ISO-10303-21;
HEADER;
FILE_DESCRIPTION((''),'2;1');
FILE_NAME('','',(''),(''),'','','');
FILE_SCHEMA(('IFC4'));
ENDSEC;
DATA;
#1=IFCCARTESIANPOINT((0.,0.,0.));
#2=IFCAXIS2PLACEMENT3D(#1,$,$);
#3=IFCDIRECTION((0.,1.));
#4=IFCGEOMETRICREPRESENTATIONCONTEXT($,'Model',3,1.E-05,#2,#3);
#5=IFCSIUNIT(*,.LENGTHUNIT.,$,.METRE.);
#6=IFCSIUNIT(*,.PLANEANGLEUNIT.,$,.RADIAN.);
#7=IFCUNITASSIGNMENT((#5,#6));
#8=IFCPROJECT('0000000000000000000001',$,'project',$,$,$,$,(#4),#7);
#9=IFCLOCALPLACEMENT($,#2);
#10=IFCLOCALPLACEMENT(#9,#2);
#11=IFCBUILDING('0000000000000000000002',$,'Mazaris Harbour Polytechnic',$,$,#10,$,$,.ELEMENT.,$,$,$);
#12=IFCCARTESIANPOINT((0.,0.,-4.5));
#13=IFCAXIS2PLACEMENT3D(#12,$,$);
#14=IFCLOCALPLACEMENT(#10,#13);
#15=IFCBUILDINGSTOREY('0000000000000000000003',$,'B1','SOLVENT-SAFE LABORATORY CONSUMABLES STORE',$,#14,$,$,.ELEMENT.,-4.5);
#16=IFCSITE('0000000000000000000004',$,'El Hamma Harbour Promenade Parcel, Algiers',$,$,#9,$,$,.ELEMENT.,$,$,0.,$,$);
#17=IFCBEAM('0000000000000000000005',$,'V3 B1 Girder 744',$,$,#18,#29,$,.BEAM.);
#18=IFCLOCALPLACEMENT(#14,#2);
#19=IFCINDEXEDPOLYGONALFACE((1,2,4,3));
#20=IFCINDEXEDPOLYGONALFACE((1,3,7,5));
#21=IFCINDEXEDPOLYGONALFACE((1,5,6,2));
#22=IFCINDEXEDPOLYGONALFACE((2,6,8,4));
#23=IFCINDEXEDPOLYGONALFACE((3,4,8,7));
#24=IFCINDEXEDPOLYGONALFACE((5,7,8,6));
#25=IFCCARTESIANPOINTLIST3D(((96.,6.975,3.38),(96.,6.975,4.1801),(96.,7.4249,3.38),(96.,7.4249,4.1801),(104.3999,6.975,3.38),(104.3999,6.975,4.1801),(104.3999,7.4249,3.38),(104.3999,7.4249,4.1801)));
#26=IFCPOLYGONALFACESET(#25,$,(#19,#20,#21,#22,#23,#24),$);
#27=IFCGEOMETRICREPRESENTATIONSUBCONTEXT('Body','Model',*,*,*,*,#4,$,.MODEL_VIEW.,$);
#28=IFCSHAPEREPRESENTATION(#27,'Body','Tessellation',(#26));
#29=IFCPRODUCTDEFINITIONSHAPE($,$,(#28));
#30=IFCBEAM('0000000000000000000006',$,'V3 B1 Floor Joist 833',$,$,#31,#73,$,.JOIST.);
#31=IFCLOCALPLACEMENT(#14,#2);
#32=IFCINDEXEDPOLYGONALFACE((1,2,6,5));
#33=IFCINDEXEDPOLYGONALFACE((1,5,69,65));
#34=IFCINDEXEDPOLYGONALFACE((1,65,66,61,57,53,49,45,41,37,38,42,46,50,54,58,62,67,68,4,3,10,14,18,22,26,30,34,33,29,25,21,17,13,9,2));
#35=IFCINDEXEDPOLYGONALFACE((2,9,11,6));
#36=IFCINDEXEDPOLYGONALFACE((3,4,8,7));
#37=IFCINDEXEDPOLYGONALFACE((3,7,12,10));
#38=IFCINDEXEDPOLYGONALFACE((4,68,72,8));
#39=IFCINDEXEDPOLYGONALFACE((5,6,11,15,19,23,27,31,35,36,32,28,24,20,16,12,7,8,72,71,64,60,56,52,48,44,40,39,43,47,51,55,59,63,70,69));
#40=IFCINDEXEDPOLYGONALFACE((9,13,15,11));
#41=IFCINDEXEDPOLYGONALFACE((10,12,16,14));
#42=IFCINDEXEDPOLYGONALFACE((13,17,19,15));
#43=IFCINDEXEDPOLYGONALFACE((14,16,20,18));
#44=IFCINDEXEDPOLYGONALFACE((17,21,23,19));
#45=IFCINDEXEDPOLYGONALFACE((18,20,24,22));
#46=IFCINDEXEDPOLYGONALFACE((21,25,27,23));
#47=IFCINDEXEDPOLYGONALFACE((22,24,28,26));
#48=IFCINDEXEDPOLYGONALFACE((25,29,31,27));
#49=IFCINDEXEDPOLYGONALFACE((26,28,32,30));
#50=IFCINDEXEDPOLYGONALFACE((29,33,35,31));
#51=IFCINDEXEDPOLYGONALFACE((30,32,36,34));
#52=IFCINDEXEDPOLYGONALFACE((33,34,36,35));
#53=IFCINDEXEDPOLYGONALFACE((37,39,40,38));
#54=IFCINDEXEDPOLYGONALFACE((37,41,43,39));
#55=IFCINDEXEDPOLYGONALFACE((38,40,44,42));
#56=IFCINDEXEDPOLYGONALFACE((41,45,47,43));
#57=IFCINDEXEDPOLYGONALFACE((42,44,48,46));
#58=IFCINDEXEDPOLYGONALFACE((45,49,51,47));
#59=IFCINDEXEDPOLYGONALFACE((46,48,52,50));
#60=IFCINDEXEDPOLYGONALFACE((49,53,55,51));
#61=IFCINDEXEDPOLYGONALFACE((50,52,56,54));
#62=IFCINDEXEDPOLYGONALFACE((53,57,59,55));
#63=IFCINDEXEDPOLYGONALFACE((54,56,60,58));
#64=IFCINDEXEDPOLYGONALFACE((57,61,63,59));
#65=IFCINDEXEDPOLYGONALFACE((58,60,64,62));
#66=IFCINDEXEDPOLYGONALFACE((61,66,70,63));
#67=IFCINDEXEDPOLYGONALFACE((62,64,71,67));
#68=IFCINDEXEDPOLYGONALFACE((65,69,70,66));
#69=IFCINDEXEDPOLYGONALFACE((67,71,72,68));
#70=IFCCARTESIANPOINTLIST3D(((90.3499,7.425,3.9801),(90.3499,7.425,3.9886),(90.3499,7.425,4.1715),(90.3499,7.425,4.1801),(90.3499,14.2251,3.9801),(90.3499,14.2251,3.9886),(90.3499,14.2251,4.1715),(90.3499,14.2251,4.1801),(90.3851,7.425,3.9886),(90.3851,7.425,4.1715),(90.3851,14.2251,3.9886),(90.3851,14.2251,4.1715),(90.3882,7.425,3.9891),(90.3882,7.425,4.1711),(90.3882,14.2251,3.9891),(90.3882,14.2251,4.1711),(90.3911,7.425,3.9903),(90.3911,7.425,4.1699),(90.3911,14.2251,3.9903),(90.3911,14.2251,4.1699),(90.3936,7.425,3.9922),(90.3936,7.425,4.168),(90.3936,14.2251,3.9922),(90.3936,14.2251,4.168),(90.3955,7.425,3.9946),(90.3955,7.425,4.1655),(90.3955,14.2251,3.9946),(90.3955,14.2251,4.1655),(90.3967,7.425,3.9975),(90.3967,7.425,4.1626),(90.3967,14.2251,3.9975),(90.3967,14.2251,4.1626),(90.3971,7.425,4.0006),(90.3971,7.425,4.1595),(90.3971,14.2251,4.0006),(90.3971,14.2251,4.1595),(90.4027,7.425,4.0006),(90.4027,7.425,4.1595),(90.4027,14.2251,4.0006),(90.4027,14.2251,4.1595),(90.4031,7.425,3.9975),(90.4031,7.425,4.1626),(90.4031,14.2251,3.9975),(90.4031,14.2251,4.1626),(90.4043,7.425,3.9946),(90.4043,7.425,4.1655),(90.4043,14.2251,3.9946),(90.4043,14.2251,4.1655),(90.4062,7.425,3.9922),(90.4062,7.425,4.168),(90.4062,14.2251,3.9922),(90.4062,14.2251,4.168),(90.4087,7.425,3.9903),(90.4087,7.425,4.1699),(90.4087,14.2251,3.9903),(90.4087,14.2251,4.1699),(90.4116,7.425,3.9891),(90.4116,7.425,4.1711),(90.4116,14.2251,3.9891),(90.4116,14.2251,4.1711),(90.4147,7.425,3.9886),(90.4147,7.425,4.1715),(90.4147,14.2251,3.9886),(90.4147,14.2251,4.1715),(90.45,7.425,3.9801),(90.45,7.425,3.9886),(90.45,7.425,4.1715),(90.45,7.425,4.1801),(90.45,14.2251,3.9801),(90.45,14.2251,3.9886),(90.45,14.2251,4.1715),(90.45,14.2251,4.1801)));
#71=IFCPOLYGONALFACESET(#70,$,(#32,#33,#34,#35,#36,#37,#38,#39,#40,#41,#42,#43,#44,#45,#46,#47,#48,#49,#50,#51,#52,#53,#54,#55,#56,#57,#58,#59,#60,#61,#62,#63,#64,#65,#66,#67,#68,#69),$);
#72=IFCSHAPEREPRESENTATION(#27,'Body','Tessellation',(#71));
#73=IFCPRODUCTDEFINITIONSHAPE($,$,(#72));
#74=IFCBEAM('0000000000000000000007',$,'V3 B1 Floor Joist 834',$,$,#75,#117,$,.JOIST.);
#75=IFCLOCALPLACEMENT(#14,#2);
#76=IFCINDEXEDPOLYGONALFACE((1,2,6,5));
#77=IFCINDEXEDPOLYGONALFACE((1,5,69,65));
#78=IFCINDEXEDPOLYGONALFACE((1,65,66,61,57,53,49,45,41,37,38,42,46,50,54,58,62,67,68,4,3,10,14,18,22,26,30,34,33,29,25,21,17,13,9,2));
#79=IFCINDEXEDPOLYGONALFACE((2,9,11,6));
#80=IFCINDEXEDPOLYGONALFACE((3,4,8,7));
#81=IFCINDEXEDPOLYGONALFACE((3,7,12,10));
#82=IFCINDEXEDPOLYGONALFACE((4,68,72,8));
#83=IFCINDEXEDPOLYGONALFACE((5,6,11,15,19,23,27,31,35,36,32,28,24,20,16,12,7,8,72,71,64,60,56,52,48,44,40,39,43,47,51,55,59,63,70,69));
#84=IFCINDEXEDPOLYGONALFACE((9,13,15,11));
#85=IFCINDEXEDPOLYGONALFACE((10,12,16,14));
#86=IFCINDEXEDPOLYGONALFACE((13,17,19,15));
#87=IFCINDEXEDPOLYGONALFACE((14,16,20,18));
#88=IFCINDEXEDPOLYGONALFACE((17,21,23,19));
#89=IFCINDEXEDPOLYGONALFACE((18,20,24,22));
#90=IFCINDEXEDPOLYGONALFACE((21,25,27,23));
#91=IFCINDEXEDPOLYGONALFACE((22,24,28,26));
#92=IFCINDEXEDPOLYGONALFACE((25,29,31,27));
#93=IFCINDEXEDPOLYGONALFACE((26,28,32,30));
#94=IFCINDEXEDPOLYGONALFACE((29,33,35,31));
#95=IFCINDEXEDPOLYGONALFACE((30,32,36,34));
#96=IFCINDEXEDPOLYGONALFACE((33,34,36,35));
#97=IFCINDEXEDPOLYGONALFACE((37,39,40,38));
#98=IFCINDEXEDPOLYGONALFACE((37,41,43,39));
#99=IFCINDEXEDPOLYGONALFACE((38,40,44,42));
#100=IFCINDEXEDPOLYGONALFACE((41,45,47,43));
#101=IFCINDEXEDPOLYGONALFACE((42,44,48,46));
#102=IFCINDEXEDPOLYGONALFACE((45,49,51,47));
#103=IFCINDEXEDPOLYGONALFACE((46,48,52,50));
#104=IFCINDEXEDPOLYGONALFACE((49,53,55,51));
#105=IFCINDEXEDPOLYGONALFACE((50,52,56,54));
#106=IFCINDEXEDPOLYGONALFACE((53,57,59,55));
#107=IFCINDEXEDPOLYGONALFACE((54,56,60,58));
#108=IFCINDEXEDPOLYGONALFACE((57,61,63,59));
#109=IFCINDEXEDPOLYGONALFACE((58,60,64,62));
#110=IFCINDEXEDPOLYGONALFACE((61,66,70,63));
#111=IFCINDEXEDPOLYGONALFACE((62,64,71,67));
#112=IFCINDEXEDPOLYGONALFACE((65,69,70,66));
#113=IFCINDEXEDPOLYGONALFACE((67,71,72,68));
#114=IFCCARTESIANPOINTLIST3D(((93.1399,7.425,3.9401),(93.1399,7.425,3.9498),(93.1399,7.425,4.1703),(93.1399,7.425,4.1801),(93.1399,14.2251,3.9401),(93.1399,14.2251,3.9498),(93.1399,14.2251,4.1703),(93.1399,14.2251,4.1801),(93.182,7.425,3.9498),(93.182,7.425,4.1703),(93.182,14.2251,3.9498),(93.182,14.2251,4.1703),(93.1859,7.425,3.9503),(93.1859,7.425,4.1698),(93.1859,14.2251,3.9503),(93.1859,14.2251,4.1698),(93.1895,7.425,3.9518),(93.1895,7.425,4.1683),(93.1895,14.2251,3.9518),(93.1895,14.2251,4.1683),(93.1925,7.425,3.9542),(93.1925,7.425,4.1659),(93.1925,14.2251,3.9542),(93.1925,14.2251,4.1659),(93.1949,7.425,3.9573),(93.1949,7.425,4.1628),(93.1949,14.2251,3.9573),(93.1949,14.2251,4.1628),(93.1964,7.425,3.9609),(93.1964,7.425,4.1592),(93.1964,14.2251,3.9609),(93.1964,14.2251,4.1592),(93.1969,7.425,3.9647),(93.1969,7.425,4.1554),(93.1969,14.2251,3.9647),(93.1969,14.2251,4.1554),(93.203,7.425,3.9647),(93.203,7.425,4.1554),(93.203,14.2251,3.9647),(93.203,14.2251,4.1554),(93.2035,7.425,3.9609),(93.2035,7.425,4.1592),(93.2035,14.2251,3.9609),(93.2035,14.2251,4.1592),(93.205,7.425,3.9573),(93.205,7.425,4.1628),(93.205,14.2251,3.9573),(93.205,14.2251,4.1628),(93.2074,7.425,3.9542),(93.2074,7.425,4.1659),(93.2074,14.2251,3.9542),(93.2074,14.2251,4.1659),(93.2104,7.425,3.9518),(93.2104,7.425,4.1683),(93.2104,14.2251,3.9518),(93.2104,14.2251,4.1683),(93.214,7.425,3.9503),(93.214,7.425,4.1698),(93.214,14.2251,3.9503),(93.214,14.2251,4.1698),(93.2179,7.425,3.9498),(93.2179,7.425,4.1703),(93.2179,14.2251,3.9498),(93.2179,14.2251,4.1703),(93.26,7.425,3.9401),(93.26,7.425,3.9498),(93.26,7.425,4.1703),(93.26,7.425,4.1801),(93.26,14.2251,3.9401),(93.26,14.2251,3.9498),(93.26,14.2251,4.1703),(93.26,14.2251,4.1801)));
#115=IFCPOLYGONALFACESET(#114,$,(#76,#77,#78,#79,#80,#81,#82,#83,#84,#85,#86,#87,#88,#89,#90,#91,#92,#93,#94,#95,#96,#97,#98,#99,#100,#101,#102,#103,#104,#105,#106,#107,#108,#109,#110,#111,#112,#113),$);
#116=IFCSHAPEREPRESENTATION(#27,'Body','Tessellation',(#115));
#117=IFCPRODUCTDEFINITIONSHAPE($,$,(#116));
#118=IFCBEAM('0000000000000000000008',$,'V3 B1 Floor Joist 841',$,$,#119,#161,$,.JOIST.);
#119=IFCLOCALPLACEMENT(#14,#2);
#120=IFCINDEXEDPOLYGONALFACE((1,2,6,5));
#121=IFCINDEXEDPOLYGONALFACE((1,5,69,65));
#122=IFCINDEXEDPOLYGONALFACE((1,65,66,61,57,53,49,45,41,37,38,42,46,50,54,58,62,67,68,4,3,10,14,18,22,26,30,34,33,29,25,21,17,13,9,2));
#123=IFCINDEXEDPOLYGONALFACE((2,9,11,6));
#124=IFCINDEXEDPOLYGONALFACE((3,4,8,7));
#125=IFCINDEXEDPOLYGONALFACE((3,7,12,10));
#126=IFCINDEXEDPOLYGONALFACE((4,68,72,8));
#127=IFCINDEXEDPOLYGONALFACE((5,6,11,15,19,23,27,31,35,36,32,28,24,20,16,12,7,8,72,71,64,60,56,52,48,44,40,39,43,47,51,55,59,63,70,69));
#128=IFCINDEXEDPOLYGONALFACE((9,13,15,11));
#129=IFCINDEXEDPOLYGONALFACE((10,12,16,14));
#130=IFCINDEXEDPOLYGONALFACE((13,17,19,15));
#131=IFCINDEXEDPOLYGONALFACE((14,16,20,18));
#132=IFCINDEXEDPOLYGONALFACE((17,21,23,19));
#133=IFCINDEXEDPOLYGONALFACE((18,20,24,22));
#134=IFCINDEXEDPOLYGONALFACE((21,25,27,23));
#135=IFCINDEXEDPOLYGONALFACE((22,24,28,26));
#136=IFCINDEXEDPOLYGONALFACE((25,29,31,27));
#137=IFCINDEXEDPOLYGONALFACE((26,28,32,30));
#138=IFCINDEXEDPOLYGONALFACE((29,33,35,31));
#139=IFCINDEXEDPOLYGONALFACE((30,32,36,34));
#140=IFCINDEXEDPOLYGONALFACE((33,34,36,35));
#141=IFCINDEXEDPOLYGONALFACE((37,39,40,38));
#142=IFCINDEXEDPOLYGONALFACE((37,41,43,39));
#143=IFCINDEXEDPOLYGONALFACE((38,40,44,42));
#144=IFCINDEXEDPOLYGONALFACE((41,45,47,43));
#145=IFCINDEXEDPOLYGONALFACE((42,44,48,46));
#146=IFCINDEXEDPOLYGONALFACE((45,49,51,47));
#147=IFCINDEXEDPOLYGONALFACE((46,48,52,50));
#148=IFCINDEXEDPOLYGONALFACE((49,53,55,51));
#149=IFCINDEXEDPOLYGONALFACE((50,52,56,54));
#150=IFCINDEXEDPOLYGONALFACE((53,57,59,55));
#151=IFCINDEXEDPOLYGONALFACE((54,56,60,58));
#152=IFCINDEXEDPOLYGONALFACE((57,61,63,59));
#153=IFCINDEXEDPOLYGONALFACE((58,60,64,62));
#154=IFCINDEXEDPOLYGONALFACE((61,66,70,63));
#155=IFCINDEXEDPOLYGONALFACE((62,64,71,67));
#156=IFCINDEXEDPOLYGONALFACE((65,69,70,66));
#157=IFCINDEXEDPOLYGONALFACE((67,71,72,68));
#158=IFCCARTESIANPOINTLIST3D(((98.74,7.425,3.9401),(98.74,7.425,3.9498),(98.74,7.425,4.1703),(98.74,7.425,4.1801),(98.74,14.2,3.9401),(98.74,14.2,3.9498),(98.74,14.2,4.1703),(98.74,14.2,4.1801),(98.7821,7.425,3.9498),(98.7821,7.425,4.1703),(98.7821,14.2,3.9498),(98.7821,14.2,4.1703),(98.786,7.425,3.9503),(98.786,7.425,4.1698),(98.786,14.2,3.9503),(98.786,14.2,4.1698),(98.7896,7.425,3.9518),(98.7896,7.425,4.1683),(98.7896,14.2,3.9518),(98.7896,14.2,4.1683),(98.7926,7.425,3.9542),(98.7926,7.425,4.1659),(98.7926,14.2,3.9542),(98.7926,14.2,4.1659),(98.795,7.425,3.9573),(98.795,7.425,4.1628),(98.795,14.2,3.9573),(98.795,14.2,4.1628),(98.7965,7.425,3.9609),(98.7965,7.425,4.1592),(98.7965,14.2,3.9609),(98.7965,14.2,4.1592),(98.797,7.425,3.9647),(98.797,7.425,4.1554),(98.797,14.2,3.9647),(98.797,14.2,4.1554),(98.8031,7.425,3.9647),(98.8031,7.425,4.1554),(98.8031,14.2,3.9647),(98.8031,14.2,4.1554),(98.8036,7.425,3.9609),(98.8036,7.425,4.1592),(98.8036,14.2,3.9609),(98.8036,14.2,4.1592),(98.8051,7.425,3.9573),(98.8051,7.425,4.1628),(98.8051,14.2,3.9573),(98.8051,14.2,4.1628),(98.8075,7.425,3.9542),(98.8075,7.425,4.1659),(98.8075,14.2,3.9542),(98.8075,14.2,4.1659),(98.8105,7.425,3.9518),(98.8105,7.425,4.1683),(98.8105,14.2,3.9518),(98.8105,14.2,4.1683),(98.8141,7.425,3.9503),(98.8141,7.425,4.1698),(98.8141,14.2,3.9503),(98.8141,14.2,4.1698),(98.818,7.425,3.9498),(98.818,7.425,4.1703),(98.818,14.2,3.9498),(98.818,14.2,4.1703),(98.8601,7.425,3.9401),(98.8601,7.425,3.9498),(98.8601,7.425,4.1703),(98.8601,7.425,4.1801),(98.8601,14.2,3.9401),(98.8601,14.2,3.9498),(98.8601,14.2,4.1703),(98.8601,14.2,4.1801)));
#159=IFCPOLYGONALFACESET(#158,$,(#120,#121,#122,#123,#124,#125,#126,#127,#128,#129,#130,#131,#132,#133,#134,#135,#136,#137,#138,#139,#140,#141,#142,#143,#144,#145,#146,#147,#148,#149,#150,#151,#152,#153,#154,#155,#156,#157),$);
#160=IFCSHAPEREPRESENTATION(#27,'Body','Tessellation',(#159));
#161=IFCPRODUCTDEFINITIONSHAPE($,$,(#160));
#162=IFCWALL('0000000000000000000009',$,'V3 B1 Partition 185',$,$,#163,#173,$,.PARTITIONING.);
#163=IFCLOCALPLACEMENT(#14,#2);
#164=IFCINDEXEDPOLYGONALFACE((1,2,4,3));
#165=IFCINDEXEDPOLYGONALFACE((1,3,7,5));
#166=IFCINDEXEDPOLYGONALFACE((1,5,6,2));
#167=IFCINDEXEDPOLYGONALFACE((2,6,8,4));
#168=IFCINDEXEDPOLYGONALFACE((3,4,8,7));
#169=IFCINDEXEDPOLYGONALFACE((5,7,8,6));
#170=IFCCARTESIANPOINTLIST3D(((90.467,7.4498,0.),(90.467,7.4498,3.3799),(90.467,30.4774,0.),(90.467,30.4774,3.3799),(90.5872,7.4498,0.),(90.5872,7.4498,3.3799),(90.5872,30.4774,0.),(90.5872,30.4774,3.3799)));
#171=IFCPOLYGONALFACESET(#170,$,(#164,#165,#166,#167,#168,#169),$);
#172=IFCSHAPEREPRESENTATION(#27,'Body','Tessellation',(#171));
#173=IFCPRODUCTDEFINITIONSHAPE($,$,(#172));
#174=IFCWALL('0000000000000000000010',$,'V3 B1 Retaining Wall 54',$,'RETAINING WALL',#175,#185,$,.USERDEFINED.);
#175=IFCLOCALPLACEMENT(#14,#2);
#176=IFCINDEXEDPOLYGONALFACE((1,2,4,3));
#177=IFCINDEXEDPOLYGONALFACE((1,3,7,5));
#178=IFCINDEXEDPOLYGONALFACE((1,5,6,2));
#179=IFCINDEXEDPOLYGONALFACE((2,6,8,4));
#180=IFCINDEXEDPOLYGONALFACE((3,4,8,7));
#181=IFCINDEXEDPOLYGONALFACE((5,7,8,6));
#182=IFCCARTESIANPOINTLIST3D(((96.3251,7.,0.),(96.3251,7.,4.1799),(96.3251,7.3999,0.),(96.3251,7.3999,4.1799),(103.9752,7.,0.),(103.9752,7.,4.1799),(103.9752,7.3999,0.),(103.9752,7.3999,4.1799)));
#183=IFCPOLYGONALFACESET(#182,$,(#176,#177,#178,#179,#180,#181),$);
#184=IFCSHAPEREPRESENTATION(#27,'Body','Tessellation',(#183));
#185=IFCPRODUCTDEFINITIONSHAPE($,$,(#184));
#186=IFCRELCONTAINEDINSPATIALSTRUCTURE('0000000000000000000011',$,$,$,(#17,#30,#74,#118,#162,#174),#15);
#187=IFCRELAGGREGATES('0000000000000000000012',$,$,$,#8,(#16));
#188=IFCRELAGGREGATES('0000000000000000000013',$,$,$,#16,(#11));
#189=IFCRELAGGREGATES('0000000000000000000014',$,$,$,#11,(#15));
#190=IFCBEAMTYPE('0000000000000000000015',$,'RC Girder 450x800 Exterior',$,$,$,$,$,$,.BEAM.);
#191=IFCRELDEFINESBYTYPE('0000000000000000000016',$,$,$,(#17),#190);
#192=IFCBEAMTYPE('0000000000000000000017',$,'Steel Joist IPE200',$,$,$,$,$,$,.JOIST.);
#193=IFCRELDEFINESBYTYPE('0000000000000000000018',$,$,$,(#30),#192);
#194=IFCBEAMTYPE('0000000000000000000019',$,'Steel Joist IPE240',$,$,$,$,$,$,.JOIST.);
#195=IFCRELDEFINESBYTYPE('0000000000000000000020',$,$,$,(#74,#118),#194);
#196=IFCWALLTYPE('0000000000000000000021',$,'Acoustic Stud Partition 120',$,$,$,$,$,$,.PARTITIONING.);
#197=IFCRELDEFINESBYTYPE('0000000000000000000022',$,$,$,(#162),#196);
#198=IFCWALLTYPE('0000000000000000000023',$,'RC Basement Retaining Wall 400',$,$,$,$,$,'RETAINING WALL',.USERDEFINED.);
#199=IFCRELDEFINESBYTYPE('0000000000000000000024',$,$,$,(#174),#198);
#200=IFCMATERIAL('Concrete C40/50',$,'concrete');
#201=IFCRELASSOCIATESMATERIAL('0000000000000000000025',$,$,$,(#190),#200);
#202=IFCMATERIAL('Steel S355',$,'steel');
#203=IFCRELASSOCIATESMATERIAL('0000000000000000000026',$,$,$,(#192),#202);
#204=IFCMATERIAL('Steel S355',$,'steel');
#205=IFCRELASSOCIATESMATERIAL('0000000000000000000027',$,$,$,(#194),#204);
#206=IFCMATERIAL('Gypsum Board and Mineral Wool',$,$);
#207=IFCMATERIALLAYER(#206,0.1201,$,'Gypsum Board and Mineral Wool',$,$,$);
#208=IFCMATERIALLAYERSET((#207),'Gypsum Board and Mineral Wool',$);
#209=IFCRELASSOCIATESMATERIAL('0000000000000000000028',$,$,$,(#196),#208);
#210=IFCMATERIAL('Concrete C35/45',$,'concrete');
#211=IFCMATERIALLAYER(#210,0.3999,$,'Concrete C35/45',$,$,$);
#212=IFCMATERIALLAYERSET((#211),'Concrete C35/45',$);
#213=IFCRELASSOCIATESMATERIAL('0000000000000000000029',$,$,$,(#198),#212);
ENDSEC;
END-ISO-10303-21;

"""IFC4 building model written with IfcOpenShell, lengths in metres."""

from ifc_helpers import new_model, si_unit, direction, frame, frame_2d, origin, origin_2d, place, context, subcontext, project, spatial, rectangle, i_section, extrude, material, layer, layer_set, material_profile, profile_set, type_object, element, save


model = new_model("IFC4")

# Units and contexts
model_context = context("Model", 3, precision=1e-05, world=origin(), true_north=direction((0.0, 1.0)))
body_context = subcontext(model_context, "Body", "Model", "MODEL_VIEW")
ifc_project = project(units=[si_unit("LENGTHUNIT", "METRE"), si_unit("PLANEANGLEUNIT", "RADIAN")], contexts=[model_context])

# Site, building, storey
site_placement = place(None, origin())
site = spatial("IfcSite", under=ifc_project, at=site_placement, Name="El Hamma Harbour Promenade Parcel, Algiers", CompositionType="ELEMENT", RefElevation=0.0)
building_placement = place(site_placement, origin())
building = spatial("IfcBuilding", under=site, at=building_placement, Name="Mazaris Harbour Polytechnic", CompositionType="ELEMENT")
storey_placement = place(building_placement, frame((0.0, 0.0, -4.5)))
storey = spatial("IfcBuildingStorey", under=building, at=storey_placement, Name="B1", Description="SOLVENT-SAFE LABORATORY CONSUMABLES STORE", CompositionType="ELEMENT", Elevation=-4.5)

# Beams
ifc_material_1 = material(Name="Concrete C40/50", Category="concrete")
ifc_material_profile_1 = material_profile(ifc_material_1, rectangle(XDim=0.45, YDim=0.8, at=origin_2d()), Name="RECT450x800")
ifc_profile_set_1 = profile_set([ifc_material_profile_1], Name="Concrete C40/50")
beam_type_1 = type_object("IfcBeamType", Name="RC Girder 450x800 Exterior", PredefinedType="BEAM", material=ifc_profile_set_1)
beam_1_placement = place(storey_placement, frame((96.0, 7.2, 3.78), z_axis=(1.0, 0.0, 0.0), x_axis=(0.0, 1.0, 0.0)))
element("IfcBeam", 1, at=beam_1_placement, inside=storey, type_object=beam_type_1, Name="V3 B1 Girder 744", PredefinedType="BEAM", context=body_context, shape_type="SweptSolid", body=[
    extrude(rectangle(XDim=0.45, YDim=0.8, at=origin_2d()), origin(), (0.0, 0.0, 1.0), 8.3999),
])
ifc_material_2 = material(Name="Steel S355", Category="steel")
ifc_material_profile_2 = material_profile(ifc_material_2, i_section(OverallWidth=0.1001, OverallDepth=0.2, WebThickness=0.0056, FlangeThickness=0.0085, FilletRadius=0.012, at=origin_2d()), Name="IPE 200")
ifc_profile_set_2 = profile_set([ifc_material_profile_2], Name="Steel S355")
beam_type_2 = type_object("IfcBeamType", Name="Steel Joist IPE200", PredefinedType="JOIST", material=ifc_profile_set_2)
beam_2_placement = place(storey_placement, frame((90.3999, 7.425, 4.0801), z_axis=(0.0, 1.0, 0.0), x_axis=(-1.0, 0.0, 0.0)))
element("IfcBeam", 2, at=beam_2_placement, inside=storey, type_object=beam_type_2, Name="V3 B1 Floor Joist 833", PredefinedType="JOIST", context=body_context, shape_type="SweptSolid", body=[
    extrude(i_section(OverallWidth=0.1001, OverallDepth=0.2, WebThickness=0.0056, FlangeThickness=0.0085, FilletRadius=0.012, at=origin_2d()), origin(), (0.0, 0.0, 1.0), 6.8),
])
ifc_material_3 = material(Name="Steel S355", Category="steel")
ifc_material_profile_3 = material_profile(ifc_material_3, i_section(OverallWidth=0.1201, OverallDepth=0.24, WebThickness=0.0061, FlangeThickness=0.0098, FilletRadius=0.0149, at=origin_2d()), Name="IPE 240")
ifc_profile_set_3 = profile_set([ifc_material_profile_3], Name="Steel S355")
beam_type_3 = type_object("IfcBeamType", Name="Steel Joist IPE240", PredefinedType="JOIST", material=ifc_profile_set_3)
beam_3_placement = place(storey_placement, frame((93.2, 7.425, 4.0601), z_axis=(0.0, 1.0, 0.0), x_axis=(-1.0, 0.0, 0.0)))
element("IfcBeam", 3, at=beam_3_placement, inside=storey, type_object=beam_type_3, Name="V3 B1 Floor Joist 834", PredefinedType="JOIST", context=body_context, shape_type="SweptSolid", body=[
    extrude(i_section(OverallWidth=0.1201, OverallDepth=0.24, WebThickness=0.0061, FlangeThickness=0.0098, FilletRadius=0.0149, at=origin_2d()), origin(), (0.0, 0.0, 1.0), 6.8),
])
beam_4_placement = place(storey_placement, frame((98.8, 7.425, 4.0601), z_axis=(0.0, 1.0, 0.0), x_axis=(-1.0, 0.0, 0.0)))
element("IfcBeam", 4, at=beam_4_placement, inside=storey, type_object=beam_type_3, Name="V3 B1 Floor Joist 841", PredefinedType="JOIST", context=body_context, shape_type="SweptSolid", body=[
    extrude(i_section(OverallWidth=0.1201, OverallDepth=0.24, WebThickness=0.0061, FlangeThickness=0.0098, FilletRadius=0.0149, at=origin_2d()), origin(), (0.0, 0.0, 1.0), 6.7749),
])

# Walls
ifc_material_4 = material(Name="Gypsum Board and Mineral Wool")
ifc_layer_1 = layer(ifc_material_4, 0.1201, Name="Gypsum Board and Mineral Wool")
ifc_layer_set_1 = layer_set([ifc_layer_1], Name="Gypsum Board and Mineral Wool")
wall_type_1 = type_object("IfcWallType", Name="Acoustic Stud Partition 120", PredefinedType="PARTITIONING", material=ifc_layer_set_1)
wall_1_placement = place(storey_placement, frame((90.5271, 7.45, 0.0), z_axis=(0.0, 0.0, 1.0), x_axis=(0.0, 1.0, 0.0)))
element("IfcWall", 5, at=wall_1_placement, inside=storey, type_object=wall_type_1, Name="V3 B1 Partition 185", PredefinedType="PARTITIONING", context=body_context, shape_type="SweptSolid", body=[
    extrude(rectangle(XDim=23.0276, YDim=0.1201, at=frame_2d((11.5137, 0.0))), origin(), (0.0, 0.0, 1.0), 3.3799),
])
ifc_material_5 = material(Name="Concrete C35/45", Category="concrete")
ifc_layer_2 = layer(ifc_material_5, 0.3999, Name="Concrete C35/45")
ifc_layer_set_2 = layer_set([ifc_layer_2], Name="Concrete C35/45")
wall_type_2 = type_object("IfcWallType", Name="RC Basement Retaining Wall 400", ElementType="RETAINING WALL", PredefinedType="USERDEFINED", material=ifc_layer_set_2)
wall_2_placement = place(storey_placement, frame((96.325, 7.2, 0.0), z_axis=(0.0, 0.0, 1.0), x_axis=(1.0, 0.0, 0.0)))
element("IfcWall", 6, at=wall_2_placement, inside=storey, type_object=wall_type_2, Name="V3 B1 Retaining Wall 54", ObjectType="RETAINING WALL", PredefinedType="USERDEFINED", context=body_context, shape_type="SweptSolid", body=[
    extrude(rectangle(XDim=7.6501, YDim=0.3999, at=frame_2d((3.8252, 0.0))), origin(), (0.0, 0.0, 1.0), 4.1799),
])

save(model, "model.ifc")
